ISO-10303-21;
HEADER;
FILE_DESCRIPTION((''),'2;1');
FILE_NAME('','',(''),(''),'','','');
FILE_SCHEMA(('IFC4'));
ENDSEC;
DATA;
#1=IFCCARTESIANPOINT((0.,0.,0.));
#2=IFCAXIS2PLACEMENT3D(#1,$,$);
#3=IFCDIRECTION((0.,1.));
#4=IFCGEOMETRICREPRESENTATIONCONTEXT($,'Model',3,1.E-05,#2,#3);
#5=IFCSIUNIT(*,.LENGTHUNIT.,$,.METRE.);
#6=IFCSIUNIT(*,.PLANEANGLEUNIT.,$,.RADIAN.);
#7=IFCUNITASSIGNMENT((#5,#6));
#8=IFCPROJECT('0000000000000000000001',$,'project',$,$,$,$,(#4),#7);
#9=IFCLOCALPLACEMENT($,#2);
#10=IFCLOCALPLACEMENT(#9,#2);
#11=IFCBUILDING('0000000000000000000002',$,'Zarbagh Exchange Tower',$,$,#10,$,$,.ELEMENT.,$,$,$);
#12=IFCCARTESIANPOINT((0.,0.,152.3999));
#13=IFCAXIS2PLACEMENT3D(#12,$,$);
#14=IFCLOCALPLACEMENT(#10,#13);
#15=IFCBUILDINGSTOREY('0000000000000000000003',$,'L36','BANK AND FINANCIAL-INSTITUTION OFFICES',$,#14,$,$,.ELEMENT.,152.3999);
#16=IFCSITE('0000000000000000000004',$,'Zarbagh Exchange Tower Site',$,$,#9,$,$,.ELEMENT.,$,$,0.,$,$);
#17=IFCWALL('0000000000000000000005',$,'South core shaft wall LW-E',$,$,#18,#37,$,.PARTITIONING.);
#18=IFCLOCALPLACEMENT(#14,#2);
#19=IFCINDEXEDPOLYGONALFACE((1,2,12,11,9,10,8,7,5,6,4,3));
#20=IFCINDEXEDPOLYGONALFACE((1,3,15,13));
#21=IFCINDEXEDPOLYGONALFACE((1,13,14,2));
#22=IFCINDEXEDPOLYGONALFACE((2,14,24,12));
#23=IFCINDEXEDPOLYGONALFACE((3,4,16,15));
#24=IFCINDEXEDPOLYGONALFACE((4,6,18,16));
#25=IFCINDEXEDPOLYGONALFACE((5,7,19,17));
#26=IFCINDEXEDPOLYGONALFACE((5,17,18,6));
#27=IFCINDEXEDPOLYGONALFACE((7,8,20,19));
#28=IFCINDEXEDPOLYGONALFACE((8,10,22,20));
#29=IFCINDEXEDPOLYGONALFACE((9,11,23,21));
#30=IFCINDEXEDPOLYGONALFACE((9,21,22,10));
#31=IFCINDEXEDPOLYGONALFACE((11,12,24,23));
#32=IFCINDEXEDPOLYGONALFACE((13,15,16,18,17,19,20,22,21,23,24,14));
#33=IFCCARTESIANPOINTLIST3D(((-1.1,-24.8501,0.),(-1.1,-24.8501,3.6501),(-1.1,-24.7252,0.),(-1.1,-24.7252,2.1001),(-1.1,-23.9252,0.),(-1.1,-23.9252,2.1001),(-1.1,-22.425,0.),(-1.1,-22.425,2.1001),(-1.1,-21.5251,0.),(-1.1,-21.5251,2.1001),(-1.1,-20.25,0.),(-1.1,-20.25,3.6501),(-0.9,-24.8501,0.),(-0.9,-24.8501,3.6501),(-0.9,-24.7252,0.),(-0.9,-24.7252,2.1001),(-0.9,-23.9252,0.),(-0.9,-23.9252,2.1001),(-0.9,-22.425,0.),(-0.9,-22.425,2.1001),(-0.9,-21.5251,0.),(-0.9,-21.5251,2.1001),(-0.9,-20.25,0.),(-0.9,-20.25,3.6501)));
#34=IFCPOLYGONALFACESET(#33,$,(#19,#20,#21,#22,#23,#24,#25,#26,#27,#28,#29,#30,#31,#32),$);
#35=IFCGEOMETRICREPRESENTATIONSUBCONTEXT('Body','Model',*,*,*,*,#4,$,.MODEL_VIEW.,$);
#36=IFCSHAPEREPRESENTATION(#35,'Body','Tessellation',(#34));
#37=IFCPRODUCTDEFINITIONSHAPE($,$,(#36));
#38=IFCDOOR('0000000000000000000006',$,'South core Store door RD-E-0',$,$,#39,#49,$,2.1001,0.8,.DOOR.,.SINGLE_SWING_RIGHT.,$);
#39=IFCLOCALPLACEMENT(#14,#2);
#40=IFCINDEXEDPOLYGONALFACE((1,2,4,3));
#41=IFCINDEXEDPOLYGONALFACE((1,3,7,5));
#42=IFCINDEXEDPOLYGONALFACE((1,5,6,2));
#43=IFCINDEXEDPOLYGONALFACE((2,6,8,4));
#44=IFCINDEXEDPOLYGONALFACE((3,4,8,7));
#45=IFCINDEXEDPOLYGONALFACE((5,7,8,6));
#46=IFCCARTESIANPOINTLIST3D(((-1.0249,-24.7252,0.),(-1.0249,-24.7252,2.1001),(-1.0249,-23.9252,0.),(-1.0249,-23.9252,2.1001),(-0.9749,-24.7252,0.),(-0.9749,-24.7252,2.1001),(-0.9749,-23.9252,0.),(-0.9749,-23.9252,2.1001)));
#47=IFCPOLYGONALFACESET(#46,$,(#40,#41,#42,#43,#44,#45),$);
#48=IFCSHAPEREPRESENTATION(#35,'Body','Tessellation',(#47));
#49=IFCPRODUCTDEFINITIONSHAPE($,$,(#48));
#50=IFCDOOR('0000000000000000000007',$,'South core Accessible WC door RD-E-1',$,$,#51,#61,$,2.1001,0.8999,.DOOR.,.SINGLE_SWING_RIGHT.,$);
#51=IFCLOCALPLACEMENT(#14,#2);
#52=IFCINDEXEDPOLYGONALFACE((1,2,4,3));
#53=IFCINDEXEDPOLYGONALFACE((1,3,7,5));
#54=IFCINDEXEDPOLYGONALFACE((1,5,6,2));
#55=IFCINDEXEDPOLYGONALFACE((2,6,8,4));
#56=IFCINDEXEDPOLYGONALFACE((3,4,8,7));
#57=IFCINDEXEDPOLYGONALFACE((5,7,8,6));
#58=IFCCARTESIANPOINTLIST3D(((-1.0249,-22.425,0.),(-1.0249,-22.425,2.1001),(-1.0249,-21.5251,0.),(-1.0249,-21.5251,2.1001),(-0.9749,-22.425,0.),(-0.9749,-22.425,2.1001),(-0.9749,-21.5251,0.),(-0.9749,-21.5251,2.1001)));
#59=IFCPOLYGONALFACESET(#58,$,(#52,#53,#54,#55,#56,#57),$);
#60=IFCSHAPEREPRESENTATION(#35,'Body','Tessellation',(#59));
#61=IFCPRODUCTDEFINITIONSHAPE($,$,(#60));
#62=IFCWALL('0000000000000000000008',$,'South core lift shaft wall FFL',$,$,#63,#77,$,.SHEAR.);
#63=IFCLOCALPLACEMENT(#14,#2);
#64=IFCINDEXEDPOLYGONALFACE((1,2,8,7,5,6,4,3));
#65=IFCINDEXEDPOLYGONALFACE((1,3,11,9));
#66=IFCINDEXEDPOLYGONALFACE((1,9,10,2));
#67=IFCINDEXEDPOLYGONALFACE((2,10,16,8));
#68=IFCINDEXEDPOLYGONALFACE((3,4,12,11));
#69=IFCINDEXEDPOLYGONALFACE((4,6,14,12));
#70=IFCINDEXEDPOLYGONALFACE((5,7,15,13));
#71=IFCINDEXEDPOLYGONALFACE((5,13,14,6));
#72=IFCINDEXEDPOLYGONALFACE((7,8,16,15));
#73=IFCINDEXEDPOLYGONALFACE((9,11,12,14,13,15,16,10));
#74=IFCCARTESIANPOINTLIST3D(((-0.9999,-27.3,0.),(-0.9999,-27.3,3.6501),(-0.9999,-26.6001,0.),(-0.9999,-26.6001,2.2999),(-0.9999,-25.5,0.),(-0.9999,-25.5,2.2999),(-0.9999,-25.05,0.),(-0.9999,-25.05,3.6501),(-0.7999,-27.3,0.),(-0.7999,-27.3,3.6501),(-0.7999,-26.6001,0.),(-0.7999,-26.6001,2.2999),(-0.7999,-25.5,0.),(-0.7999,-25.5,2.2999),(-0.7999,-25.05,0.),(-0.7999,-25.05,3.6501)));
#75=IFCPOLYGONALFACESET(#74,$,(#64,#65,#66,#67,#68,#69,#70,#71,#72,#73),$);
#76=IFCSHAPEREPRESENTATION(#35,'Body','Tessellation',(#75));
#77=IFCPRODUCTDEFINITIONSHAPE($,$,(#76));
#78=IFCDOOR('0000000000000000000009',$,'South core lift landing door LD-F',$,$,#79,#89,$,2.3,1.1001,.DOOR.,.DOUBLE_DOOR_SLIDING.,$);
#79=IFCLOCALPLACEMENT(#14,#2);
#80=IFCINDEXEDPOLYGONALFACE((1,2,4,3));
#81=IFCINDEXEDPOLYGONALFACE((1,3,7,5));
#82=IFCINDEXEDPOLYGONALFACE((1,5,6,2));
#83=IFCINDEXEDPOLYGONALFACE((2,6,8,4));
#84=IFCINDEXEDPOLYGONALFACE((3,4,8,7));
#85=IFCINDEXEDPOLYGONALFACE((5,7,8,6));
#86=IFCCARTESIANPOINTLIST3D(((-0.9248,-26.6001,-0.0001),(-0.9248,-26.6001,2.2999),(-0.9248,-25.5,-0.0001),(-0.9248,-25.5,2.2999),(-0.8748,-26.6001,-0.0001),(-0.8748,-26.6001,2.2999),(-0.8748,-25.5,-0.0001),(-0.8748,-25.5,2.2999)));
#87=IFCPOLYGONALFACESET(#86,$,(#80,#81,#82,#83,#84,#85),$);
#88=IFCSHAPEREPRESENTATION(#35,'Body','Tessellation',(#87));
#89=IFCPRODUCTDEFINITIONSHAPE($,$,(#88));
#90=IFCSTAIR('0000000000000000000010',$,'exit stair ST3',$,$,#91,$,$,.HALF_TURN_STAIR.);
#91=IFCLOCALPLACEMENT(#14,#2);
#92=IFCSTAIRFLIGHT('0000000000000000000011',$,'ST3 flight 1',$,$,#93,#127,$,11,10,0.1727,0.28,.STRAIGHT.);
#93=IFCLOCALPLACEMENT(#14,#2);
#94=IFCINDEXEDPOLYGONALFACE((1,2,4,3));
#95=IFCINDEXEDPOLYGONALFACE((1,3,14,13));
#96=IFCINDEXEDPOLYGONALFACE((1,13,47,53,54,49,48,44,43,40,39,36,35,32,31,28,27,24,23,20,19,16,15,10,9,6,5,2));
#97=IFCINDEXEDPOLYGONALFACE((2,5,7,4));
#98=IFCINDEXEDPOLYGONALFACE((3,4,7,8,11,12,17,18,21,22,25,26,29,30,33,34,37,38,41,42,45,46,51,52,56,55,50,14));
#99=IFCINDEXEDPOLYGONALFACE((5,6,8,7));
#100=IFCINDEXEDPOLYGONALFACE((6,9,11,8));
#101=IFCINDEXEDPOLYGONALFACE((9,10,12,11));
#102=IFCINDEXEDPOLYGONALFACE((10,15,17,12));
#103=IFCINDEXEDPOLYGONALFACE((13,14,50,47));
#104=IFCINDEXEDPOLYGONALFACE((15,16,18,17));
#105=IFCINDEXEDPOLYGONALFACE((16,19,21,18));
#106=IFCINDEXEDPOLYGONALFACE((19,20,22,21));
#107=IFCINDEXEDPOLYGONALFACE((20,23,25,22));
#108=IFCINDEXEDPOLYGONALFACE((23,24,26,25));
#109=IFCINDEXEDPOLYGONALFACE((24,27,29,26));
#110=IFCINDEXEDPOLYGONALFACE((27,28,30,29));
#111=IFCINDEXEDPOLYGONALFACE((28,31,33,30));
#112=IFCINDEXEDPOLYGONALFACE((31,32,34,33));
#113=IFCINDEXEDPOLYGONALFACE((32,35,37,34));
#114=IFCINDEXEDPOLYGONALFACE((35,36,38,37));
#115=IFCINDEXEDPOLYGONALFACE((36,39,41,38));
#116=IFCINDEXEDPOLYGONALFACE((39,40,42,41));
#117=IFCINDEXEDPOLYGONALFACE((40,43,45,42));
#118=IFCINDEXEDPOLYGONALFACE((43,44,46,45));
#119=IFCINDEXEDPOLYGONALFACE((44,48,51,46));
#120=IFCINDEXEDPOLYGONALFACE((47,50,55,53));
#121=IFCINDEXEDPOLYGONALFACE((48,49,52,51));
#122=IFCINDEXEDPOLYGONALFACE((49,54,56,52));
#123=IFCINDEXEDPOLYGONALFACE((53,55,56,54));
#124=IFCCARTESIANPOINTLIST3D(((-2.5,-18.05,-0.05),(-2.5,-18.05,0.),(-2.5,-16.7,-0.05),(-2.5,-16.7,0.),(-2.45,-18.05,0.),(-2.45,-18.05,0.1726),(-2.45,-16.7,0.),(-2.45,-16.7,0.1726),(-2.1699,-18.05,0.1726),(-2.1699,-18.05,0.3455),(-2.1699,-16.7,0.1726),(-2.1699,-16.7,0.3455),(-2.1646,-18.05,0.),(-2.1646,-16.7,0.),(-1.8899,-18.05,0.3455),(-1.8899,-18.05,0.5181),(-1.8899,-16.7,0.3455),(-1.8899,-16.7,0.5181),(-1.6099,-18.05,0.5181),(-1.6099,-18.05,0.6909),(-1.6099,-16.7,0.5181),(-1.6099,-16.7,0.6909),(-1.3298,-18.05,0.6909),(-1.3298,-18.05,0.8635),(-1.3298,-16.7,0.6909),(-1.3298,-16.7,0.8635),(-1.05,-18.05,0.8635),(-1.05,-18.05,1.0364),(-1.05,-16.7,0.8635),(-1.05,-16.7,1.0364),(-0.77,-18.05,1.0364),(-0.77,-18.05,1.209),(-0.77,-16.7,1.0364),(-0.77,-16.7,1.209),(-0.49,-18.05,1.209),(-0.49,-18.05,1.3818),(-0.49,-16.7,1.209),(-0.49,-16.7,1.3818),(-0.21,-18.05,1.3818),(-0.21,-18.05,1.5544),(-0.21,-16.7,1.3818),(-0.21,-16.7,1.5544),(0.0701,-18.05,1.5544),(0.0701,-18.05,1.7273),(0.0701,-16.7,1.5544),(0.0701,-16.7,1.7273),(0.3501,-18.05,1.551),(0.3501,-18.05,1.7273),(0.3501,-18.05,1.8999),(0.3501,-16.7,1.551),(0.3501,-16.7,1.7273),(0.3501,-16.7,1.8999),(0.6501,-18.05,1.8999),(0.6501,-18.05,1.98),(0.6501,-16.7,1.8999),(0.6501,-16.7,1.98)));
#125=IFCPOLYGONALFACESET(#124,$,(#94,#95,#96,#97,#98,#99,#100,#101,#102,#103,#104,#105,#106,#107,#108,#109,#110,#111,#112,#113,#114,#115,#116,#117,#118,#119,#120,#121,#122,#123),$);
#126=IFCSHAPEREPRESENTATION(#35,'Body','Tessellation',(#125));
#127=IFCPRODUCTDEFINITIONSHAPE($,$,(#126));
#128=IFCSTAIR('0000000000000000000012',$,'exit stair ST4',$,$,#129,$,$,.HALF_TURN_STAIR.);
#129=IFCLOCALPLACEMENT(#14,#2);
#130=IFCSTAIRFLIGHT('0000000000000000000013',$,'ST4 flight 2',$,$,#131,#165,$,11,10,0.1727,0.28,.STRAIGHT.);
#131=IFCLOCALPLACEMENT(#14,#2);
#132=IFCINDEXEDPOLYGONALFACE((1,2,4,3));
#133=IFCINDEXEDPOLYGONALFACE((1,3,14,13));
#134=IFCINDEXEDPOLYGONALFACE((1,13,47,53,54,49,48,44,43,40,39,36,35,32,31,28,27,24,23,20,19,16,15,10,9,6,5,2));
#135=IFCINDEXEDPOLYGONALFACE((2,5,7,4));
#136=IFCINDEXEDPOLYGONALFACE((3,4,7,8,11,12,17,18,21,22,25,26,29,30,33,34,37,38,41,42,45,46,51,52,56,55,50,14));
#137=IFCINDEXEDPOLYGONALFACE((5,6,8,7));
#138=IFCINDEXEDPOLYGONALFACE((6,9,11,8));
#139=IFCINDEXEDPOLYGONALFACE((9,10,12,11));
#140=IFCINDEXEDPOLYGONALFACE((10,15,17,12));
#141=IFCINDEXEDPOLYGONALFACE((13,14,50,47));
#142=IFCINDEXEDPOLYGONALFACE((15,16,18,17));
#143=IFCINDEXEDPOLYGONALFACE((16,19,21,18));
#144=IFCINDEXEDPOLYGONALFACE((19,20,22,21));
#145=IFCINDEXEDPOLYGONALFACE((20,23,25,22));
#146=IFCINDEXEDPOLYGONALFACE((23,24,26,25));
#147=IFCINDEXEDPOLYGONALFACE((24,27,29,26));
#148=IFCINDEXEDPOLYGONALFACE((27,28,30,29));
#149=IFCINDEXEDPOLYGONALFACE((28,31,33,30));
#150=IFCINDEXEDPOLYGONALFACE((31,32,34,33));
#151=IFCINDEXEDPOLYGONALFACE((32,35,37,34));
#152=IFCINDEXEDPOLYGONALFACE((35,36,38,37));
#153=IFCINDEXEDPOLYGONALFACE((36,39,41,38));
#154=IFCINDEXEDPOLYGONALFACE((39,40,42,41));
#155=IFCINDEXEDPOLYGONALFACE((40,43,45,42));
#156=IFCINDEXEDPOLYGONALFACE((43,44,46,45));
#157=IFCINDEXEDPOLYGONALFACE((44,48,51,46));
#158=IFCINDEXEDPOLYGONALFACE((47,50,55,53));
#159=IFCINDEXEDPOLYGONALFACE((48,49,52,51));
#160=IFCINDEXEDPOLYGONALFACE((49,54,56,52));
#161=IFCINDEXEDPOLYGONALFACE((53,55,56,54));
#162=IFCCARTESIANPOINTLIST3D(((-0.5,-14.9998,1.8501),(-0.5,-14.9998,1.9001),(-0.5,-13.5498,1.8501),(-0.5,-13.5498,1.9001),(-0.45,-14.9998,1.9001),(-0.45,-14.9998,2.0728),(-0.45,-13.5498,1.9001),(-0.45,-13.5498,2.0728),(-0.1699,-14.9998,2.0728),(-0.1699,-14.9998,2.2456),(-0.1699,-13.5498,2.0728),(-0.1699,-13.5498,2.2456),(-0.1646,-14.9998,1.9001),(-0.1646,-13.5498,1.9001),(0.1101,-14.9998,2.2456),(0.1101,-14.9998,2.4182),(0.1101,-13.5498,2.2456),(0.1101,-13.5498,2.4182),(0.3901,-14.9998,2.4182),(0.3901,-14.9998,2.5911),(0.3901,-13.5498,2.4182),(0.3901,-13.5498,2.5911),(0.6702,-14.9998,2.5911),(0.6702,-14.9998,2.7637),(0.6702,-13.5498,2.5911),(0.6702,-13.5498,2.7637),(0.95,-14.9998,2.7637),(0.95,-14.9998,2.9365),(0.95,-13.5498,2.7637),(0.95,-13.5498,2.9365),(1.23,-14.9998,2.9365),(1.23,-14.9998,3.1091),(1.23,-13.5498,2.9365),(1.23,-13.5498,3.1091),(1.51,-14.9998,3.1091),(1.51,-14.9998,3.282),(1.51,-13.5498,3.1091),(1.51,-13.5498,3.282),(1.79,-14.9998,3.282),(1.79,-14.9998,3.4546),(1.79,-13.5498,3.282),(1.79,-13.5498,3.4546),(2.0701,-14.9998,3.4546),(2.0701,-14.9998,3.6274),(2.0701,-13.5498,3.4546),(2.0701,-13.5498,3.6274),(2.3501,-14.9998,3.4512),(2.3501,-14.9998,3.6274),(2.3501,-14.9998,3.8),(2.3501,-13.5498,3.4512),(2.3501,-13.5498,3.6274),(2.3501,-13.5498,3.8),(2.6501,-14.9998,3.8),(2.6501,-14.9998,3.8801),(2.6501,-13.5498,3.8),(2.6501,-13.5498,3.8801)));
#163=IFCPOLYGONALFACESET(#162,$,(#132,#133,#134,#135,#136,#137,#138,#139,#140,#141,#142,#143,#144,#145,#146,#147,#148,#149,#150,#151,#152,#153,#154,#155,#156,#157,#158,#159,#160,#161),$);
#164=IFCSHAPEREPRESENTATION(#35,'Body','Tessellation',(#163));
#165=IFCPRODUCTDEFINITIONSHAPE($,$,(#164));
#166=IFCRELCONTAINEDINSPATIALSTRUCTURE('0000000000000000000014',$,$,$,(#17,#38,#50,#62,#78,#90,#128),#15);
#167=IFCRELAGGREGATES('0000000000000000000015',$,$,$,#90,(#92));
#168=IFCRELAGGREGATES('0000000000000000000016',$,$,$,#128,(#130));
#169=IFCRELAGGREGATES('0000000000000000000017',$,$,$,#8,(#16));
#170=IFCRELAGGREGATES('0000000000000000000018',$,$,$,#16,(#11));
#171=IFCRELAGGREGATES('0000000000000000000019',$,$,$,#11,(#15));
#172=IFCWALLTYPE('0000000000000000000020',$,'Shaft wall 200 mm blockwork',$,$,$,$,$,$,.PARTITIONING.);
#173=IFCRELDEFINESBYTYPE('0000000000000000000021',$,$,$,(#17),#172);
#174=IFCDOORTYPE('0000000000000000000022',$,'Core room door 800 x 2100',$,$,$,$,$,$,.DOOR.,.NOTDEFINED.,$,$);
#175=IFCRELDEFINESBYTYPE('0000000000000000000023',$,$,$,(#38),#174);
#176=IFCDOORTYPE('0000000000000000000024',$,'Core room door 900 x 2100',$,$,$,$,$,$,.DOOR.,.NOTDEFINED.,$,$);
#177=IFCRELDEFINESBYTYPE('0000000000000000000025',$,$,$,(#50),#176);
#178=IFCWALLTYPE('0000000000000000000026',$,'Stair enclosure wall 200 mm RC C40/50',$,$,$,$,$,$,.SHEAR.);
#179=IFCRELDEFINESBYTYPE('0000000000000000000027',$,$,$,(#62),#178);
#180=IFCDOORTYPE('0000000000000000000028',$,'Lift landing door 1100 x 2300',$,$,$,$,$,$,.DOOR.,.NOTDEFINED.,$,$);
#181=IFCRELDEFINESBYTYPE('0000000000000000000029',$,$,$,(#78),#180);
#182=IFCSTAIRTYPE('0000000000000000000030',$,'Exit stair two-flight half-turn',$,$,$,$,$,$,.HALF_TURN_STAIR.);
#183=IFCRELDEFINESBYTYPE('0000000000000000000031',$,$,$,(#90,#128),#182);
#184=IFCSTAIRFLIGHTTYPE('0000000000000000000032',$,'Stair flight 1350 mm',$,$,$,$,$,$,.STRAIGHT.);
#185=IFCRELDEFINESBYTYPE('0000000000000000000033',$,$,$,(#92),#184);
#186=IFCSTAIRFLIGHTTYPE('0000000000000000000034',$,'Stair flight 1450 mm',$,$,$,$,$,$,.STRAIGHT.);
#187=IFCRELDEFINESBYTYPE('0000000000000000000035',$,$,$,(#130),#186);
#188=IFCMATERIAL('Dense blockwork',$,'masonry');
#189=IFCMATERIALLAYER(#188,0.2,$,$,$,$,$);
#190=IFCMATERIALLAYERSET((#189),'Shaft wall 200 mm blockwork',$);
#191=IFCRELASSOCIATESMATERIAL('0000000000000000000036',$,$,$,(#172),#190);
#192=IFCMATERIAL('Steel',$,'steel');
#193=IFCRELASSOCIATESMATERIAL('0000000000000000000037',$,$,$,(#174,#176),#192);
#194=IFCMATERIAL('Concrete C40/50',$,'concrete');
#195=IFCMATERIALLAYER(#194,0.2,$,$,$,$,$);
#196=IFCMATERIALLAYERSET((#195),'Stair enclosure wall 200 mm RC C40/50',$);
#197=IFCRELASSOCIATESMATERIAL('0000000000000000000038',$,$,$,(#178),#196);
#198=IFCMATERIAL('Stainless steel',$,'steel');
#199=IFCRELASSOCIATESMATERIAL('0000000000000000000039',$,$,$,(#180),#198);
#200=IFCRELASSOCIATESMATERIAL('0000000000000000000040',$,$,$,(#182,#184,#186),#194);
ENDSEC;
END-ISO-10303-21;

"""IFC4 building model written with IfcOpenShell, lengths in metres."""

from ifc_helpers import new_model, si_unit, direction, frame, frame_2d, origin, place, context, subcontext, project, spatial, polyline, rectangle, outline, extrude, material, layer, layer_set, type_object, element, fill, aggregate, save


model = new_model("IFC4")

# Units and contexts
model_context = context("Model", 3, precision=1e-05, world=origin(), true_north=direction((0.0, 1.0)))
body_context = subcontext(model_context, "Body", "Model", "MODEL_VIEW")
ifc_project = project(units=[si_unit("LENGTHUNIT", "METRE"), si_unit("PLANEANGLEUNIT", "RADIAN")], contexts=[model_context])

# Site, building, storey
site_placement = place(None, origin())
site = spatial("IfcSite", under=ifc_project, at=site_placement, Name="Zarbagh Exchange Tower Site", CompositionType="ELEMENT", RefElevation=0.0)
building_placement = place(site_placement, origin())
building = spatial("IfcBuilding", under=site, at=building_placement, Name="Zarbagh Exchange Tower", CompositionType="ELEMENT")
storey_placement = place(building_placement, frame((0.0, 0.0, 152.3999)))
storey = spatial("IfcBuildingStorey", under=building, at=storey_placement, Name="L36", Description="BANK AND FINANCIAL-INSTITUTION OFFICES", CompositionType="ELEMENT", Elevation=152.3999)

# Shared definitions
ifc_material_1 = material(Name="Concrete C40/50", Category="concrete")

# Shared definitions
ifc_material_2 = material(Name="Dense blockwork", Category="masonry")

# Shared definitions
ifc_layer_1 = layer(ifc_material_2, 0.2)
ifc_layer_set_1 = layer_set([ifc_layer_1], Name="Shaft wall 200 mm blockwork")
wall_type_1 = type_object("IfcWallType", Name="Shaft wall 200 mm blockwork", PredefinedType="PARTITIONING", material=ifc_layer_set_1)

# Wall, openings, doors
wall_1_placement = place(storey_placement, frame((-1.0, -24.8501, 0.0), z_axis=(0.0, 0.0, 1.0), x_axis=(0.0, 1.0, 0.0)))
wall_1 = element("IfcWall", 1, at=wall_1_placement, inside=storey, type_object=wall_type_1, Name="South core shaft wall LW-E", PredefinedType="PARTITIONING", context=body_context, shape_type="SweptSolid", body=[
    extrude(rectangle(XDim=4.6001, YDim=0.2, at=frame_2d((2.3, 0.0))), origin(), (0.0, 0.0, 1.0), 3.6501),
])
opening_1_placement = place(wall_1_placement, frame((0.125, 0.0, 0.0)))
opening_1 = element("IfcOpeningElement", 2, at=opening_1_placement, cuts=wall_1, PredefinedType="OPENING", context=body_context, shape_type="SweptSolid", body=[
    extrude(rectangle(XDim=0.8, YDim=2.1001, at=frame_2d((0.3999, 1.05))), frame((0.0, 0.1099, 0.0), z_axis=(0.0, -1.0, 0.0), x_axis=(1.0, 0.0, 0.0)), (0.0, 0.0, 1.0), 0.22),
])
opening_2_placement = place(wall_1_placement, frame((2.425, 0.0, 0.0)))
opening_2 = element("IfcOpeningElement", 3, at=opening_2_placement, cuts=wall_1, PredefinedType="OPENING", context=body_context, shape_type="SweptSolid", body=[
    extrude(rectangle(XDim=0.8999, YDim=2.1001, at=frame_2d((0.45, 1.05))), frame((0.0, 0.1099, 0.0), z_axis=(0.0, -1.0, 0.0), x_axis=(1.0, 0.0, 0.0)), (0.0, 0.0, 1.0), 0.22),
])
ifc_material_3 = material(Name="Steel", Category="steel")
door_type_1 = type_object("IfcDoorType", Name="Core room door 800 x 2100", OperationType="NOTDEFINED", PredefinedType="DOOR", material=ifc_material_3)
door_1_placement = place(opening_1_placement, origin())
door_1 = element("IfcDoor", 4, at=door_1_placement, inside=storey, type_object=door_type_1, Name="South core Store door RD-E-0", OperationType="SINGLE_SWING_RIGHT", OverallHeight=2.1001, OverallWidth=0.8, PredefinedType="DOOR", context=body_context, shape_type="SweptSolid", body=[
    extrude(rectangle(XDim=0.8, YDim=2.1001, at=frame_2d((0.3999, 1.05))), frame((0.0, 0.0249, 0.0), z_axis=(0.0, -1.0, 0.0), x_axis=(1.0, 0.0, 0.0)), (0.0, 0.0, 1.0), 0.05),
])
fill(opening_1, door_1)
door_type_2 = type_object("IfcDoorType", Name="Core room door 900 x 2100", OperationType="NOTDEFINED", PredefinedType="DOOR", material=ifc_material_3)
door_2_placement = place(opening_2_placement, origin())
door_2 = element("IfcDoor", 5, at=door_2_placement, inside=storey, type_object=door_type_2, Name="South core Accessible WC door RD-E-1", OperationType="SINGLE_SWING_RIGHT", OverallHeight=2.1001, OverallWidth=0.8999, PredefinedType="DOOR", context=body_context, shape_type="SweptSolid", body=[
    extrude(rectangle(XDim=0.8999, YDim=2.1001, at=frame_2d((0.45, 1.05))), frame((0.0, 0.0249, 0.0), z_axis=(0.0, -1.0, 0.0), x_axis=(1.0, 0.0, 0.0)), (0.0, 0.0, 1.0), 0.05),
])
fill(opening_2, door_2)

# Wall, opening, door
ifc_layer_2 = layer(ifc_material_1, 0.2)
ifc_layer_set_2 = layer_set([ifc_layer_2], Name="Stair enclosure wall 200 mm RC C40/50")
wall_type_2 = type_object("IfcWallType", Name="Stair enclosure wall 200 mm RC C40/50", PredefinedType="SHEAR", material=ifc_layer_set_2)
wall_2_placement = place(storey_placement, frame((-0.8999, -27.3, 0.0), z_axis=(0.0, 0.0, 1.0), x_axis=(0.0, 1.0, 0.0)))
wall_2 = element("IfcWall", 6, at=wall_2_placement, inside=storey, type_object=wall_type_2, Name="South core lift shaft wall FFL", PredefinedType="SHEAR", context=body_context, shape_type="SweptSolid", body=[
    extrude(rectangle(XDim=2.25, YDim=0.2, at=frame_2d((1.125, 0.0))), origin(), (0.0, 0.0, 1.0), 3.6501),
])
opening_3_placement = place(wall_2_placement, frame((0.7, 0.0, 0.0)))
opening_3 = element("IfcOpeningElement", 7, at=opening_3_placement, cuts=wall_2, PredefinedType="OPENING", context=body_context, shape_type="SweptSolid", body=[
    extrude(rectangle(XDim=1.1001, YDim=2.3, at=frame_2d((0.55, 1.1499))), frame((0.0, 0.1099, 0.0), z_axis=(0.0, -1.0, 0.0), x_axis=(1.0, 0.0, 0.0)), (0.0, 0.0, 1.0), 0.22),
])
ifc_material_4 = material(Name="Stainless steel", Category="steel")
door_type_3 = type_object("IfcDoorType", Name="Lift landing door 1100 x 2300", OperationType="NOTDEFINED", PredefinedType="DOOR", material=ifc_material_4)
door_3_placement = place(opening_3_placement, origin())
door_3 = element("IfcDoor", 8, at=door_3_placement, inside=storey, type_object=door_type_3, Name="South core lift landing door LD-F", OperationType="DOUBLE_DOOR_SLIDING", OverallHeight=2.3, OverallWidth=1.1001, PredefinedType="DOOR", context=body_context, shape_type="SweptSolid", body=[
    extrude(rectangle(XDim=1.1001, YDim=2.3, at=frame_2d((0.55, 1.1499))), frame((0.0, 0.0249, 0.0), z_axis=(0.0, -1.0, 0.0), x_axis=(1.0, 0.0, 0.0)), (0.0, 0.0, 1.0), 0.05),
])
fill(opening_3, door_3)

# Stairs, stair flights
stair_type = type_object("IfcStairType", Name="Exit stair two-flight half-turn", PredefinedType="HALF_TURN_STAIR", material=ifc_material_1)
stair_1_placement = place(storey_placement, origin())
stair_1 = element("IfcStair", 9, at=stair_1_placement, inside=storey, type_object=stair_type, Name="exit stair ST3", PredefinedType="HALF_TURN_STAIR")
stair_flight_type_1 = type_object("IfcStairFlightType", Name="Stair flight 1350 mm", PredefinedType="STRAIGHT", material=ifc_material_1)
stair_flight_1_placement = place(storey_placement, frame((-2.45, -17.375, 0.0), z_axis=(0.0, 0.0, 1.0), x_axis=(1.0, 0.0, 0.0)))
stair_flight_1 = element("IfcStairFlight", 10, at=stair_flight_1_placement, type_object=stair_flight_type_1, Name="ST3 flight 1", NumberOfRisers=11, NumberOfTreads=10, PredefinedType="STRAIGHT", RiserHeight=0.1727, TreadLength=0.28, context=body_context, shape_type="SweptSolid", body=[
    extrude(outline(polyline([(-0.05, -0.05), (-0.05, 0.0), (0.0, 0.0), (0.0, 0.1726), (0.28, 0.1726), (0.28, 0.3455), (0.5601, 0.3455), (0.5601, 0.5181), (0.8401, 0.5181), (0.8401, 0.6909), (1.1201, 0.6909), (1.1201, 0.8635), (1.3999, 0.8635), (1.3999, 1.0364), (1.6799, 1.0364), (1.6799, 1.209), (1.96, 1.209), (1.96, 1.3818), (2.24, 1.3818), (2.24, 1.5544), (2.52, 1.5544), (2.52, 1.7273), (2.8, 1.7273), (2.8, 1.8999), (3.1001, 1.98), (3.1001, 1.8999), (2.8, 1.551), (0.2854, 0.0), (-0.05, -0.05)])), frame((0.0, 0.675, 0.0), z_axis=(0.0, -1.0, 0.0), x_axis=(1.0, 0.0, 0.0)), (0.0, 0.0, 1.0), 1.3501),
])
aggregate(stair_1, [stair_flight_1])
stair_2_placement = place(storey_placement, origin())
stair_2 = element("IfcStair", 11, at=stair_2_placement, inside=storey, type_object=stair_type, Name="exit stair ST4", PredefinedType="HALF_TURN_STAIR")
stair_flight_type_2 = type_object("IfcStairFlightType", Name="Stair flight 1450 mm", PredefinedType="STRAIGHT", material=ifc_material_1)
stair_flight_2_placement = place(storey_placement, frame((-0.45, -14.2749, 1.9001), z_axis=(0.0, 0.0, 1.0), x_axis=(1.0, 0.0, 0.0)))
stair_flight_2 = element("IfcStairFlight", 12, at=stair_flight_2_placement, type_object=stair_flight_type_2, Name="ST4 flight 2", NumberOfRisers=11, NumberOfTreads=10, PredefinedType="STRAIGHT", RiserHeight=0.1727, TreadLength=0.28, context=body_context, shape_type="SweptSolid", body=[
    extrude(outline(polyline([(-0.05, -0.05), (-0.05, 0.0), (0.0, 0.0), (0.0, 0.1726), (0.28, 0.1726), (0.28, 0.3455), (0.5601, 0.3455), (0.5601, 0.5181), (0.8401, 0.5181), (0.8401, 0.6909), (1.1201, 0.6909), (1.1201, 0.8635), (1.3999, 0.8635), (1.3999, 1.0364), (1.6799, 1.0364), (1.6799, 1.209), (1.96, 1.209), (1.96, 1.3818), (2.24, 1.3818), (2.24, 1.5544), (2.52, 1.5544), (2.52, 1.7273), (2.8, 1.7273), (2.8, 1.8999), (3.1001, 1.98), (3.1001, 1.8999), (2.8, 1.551), (0.2854, 0.0), (-0.05, -0.05)])), frame((0.0, 0.7251, 0.0), z_axis=(0.0, -1.0, 0.0), x_axis=(1.0, 0.0, 0.0)), (0.0, 0.0, 1.0), 1.45),
])
aggregate(stair_2, [stair_flight_2])

save(model, "model.ifc")
